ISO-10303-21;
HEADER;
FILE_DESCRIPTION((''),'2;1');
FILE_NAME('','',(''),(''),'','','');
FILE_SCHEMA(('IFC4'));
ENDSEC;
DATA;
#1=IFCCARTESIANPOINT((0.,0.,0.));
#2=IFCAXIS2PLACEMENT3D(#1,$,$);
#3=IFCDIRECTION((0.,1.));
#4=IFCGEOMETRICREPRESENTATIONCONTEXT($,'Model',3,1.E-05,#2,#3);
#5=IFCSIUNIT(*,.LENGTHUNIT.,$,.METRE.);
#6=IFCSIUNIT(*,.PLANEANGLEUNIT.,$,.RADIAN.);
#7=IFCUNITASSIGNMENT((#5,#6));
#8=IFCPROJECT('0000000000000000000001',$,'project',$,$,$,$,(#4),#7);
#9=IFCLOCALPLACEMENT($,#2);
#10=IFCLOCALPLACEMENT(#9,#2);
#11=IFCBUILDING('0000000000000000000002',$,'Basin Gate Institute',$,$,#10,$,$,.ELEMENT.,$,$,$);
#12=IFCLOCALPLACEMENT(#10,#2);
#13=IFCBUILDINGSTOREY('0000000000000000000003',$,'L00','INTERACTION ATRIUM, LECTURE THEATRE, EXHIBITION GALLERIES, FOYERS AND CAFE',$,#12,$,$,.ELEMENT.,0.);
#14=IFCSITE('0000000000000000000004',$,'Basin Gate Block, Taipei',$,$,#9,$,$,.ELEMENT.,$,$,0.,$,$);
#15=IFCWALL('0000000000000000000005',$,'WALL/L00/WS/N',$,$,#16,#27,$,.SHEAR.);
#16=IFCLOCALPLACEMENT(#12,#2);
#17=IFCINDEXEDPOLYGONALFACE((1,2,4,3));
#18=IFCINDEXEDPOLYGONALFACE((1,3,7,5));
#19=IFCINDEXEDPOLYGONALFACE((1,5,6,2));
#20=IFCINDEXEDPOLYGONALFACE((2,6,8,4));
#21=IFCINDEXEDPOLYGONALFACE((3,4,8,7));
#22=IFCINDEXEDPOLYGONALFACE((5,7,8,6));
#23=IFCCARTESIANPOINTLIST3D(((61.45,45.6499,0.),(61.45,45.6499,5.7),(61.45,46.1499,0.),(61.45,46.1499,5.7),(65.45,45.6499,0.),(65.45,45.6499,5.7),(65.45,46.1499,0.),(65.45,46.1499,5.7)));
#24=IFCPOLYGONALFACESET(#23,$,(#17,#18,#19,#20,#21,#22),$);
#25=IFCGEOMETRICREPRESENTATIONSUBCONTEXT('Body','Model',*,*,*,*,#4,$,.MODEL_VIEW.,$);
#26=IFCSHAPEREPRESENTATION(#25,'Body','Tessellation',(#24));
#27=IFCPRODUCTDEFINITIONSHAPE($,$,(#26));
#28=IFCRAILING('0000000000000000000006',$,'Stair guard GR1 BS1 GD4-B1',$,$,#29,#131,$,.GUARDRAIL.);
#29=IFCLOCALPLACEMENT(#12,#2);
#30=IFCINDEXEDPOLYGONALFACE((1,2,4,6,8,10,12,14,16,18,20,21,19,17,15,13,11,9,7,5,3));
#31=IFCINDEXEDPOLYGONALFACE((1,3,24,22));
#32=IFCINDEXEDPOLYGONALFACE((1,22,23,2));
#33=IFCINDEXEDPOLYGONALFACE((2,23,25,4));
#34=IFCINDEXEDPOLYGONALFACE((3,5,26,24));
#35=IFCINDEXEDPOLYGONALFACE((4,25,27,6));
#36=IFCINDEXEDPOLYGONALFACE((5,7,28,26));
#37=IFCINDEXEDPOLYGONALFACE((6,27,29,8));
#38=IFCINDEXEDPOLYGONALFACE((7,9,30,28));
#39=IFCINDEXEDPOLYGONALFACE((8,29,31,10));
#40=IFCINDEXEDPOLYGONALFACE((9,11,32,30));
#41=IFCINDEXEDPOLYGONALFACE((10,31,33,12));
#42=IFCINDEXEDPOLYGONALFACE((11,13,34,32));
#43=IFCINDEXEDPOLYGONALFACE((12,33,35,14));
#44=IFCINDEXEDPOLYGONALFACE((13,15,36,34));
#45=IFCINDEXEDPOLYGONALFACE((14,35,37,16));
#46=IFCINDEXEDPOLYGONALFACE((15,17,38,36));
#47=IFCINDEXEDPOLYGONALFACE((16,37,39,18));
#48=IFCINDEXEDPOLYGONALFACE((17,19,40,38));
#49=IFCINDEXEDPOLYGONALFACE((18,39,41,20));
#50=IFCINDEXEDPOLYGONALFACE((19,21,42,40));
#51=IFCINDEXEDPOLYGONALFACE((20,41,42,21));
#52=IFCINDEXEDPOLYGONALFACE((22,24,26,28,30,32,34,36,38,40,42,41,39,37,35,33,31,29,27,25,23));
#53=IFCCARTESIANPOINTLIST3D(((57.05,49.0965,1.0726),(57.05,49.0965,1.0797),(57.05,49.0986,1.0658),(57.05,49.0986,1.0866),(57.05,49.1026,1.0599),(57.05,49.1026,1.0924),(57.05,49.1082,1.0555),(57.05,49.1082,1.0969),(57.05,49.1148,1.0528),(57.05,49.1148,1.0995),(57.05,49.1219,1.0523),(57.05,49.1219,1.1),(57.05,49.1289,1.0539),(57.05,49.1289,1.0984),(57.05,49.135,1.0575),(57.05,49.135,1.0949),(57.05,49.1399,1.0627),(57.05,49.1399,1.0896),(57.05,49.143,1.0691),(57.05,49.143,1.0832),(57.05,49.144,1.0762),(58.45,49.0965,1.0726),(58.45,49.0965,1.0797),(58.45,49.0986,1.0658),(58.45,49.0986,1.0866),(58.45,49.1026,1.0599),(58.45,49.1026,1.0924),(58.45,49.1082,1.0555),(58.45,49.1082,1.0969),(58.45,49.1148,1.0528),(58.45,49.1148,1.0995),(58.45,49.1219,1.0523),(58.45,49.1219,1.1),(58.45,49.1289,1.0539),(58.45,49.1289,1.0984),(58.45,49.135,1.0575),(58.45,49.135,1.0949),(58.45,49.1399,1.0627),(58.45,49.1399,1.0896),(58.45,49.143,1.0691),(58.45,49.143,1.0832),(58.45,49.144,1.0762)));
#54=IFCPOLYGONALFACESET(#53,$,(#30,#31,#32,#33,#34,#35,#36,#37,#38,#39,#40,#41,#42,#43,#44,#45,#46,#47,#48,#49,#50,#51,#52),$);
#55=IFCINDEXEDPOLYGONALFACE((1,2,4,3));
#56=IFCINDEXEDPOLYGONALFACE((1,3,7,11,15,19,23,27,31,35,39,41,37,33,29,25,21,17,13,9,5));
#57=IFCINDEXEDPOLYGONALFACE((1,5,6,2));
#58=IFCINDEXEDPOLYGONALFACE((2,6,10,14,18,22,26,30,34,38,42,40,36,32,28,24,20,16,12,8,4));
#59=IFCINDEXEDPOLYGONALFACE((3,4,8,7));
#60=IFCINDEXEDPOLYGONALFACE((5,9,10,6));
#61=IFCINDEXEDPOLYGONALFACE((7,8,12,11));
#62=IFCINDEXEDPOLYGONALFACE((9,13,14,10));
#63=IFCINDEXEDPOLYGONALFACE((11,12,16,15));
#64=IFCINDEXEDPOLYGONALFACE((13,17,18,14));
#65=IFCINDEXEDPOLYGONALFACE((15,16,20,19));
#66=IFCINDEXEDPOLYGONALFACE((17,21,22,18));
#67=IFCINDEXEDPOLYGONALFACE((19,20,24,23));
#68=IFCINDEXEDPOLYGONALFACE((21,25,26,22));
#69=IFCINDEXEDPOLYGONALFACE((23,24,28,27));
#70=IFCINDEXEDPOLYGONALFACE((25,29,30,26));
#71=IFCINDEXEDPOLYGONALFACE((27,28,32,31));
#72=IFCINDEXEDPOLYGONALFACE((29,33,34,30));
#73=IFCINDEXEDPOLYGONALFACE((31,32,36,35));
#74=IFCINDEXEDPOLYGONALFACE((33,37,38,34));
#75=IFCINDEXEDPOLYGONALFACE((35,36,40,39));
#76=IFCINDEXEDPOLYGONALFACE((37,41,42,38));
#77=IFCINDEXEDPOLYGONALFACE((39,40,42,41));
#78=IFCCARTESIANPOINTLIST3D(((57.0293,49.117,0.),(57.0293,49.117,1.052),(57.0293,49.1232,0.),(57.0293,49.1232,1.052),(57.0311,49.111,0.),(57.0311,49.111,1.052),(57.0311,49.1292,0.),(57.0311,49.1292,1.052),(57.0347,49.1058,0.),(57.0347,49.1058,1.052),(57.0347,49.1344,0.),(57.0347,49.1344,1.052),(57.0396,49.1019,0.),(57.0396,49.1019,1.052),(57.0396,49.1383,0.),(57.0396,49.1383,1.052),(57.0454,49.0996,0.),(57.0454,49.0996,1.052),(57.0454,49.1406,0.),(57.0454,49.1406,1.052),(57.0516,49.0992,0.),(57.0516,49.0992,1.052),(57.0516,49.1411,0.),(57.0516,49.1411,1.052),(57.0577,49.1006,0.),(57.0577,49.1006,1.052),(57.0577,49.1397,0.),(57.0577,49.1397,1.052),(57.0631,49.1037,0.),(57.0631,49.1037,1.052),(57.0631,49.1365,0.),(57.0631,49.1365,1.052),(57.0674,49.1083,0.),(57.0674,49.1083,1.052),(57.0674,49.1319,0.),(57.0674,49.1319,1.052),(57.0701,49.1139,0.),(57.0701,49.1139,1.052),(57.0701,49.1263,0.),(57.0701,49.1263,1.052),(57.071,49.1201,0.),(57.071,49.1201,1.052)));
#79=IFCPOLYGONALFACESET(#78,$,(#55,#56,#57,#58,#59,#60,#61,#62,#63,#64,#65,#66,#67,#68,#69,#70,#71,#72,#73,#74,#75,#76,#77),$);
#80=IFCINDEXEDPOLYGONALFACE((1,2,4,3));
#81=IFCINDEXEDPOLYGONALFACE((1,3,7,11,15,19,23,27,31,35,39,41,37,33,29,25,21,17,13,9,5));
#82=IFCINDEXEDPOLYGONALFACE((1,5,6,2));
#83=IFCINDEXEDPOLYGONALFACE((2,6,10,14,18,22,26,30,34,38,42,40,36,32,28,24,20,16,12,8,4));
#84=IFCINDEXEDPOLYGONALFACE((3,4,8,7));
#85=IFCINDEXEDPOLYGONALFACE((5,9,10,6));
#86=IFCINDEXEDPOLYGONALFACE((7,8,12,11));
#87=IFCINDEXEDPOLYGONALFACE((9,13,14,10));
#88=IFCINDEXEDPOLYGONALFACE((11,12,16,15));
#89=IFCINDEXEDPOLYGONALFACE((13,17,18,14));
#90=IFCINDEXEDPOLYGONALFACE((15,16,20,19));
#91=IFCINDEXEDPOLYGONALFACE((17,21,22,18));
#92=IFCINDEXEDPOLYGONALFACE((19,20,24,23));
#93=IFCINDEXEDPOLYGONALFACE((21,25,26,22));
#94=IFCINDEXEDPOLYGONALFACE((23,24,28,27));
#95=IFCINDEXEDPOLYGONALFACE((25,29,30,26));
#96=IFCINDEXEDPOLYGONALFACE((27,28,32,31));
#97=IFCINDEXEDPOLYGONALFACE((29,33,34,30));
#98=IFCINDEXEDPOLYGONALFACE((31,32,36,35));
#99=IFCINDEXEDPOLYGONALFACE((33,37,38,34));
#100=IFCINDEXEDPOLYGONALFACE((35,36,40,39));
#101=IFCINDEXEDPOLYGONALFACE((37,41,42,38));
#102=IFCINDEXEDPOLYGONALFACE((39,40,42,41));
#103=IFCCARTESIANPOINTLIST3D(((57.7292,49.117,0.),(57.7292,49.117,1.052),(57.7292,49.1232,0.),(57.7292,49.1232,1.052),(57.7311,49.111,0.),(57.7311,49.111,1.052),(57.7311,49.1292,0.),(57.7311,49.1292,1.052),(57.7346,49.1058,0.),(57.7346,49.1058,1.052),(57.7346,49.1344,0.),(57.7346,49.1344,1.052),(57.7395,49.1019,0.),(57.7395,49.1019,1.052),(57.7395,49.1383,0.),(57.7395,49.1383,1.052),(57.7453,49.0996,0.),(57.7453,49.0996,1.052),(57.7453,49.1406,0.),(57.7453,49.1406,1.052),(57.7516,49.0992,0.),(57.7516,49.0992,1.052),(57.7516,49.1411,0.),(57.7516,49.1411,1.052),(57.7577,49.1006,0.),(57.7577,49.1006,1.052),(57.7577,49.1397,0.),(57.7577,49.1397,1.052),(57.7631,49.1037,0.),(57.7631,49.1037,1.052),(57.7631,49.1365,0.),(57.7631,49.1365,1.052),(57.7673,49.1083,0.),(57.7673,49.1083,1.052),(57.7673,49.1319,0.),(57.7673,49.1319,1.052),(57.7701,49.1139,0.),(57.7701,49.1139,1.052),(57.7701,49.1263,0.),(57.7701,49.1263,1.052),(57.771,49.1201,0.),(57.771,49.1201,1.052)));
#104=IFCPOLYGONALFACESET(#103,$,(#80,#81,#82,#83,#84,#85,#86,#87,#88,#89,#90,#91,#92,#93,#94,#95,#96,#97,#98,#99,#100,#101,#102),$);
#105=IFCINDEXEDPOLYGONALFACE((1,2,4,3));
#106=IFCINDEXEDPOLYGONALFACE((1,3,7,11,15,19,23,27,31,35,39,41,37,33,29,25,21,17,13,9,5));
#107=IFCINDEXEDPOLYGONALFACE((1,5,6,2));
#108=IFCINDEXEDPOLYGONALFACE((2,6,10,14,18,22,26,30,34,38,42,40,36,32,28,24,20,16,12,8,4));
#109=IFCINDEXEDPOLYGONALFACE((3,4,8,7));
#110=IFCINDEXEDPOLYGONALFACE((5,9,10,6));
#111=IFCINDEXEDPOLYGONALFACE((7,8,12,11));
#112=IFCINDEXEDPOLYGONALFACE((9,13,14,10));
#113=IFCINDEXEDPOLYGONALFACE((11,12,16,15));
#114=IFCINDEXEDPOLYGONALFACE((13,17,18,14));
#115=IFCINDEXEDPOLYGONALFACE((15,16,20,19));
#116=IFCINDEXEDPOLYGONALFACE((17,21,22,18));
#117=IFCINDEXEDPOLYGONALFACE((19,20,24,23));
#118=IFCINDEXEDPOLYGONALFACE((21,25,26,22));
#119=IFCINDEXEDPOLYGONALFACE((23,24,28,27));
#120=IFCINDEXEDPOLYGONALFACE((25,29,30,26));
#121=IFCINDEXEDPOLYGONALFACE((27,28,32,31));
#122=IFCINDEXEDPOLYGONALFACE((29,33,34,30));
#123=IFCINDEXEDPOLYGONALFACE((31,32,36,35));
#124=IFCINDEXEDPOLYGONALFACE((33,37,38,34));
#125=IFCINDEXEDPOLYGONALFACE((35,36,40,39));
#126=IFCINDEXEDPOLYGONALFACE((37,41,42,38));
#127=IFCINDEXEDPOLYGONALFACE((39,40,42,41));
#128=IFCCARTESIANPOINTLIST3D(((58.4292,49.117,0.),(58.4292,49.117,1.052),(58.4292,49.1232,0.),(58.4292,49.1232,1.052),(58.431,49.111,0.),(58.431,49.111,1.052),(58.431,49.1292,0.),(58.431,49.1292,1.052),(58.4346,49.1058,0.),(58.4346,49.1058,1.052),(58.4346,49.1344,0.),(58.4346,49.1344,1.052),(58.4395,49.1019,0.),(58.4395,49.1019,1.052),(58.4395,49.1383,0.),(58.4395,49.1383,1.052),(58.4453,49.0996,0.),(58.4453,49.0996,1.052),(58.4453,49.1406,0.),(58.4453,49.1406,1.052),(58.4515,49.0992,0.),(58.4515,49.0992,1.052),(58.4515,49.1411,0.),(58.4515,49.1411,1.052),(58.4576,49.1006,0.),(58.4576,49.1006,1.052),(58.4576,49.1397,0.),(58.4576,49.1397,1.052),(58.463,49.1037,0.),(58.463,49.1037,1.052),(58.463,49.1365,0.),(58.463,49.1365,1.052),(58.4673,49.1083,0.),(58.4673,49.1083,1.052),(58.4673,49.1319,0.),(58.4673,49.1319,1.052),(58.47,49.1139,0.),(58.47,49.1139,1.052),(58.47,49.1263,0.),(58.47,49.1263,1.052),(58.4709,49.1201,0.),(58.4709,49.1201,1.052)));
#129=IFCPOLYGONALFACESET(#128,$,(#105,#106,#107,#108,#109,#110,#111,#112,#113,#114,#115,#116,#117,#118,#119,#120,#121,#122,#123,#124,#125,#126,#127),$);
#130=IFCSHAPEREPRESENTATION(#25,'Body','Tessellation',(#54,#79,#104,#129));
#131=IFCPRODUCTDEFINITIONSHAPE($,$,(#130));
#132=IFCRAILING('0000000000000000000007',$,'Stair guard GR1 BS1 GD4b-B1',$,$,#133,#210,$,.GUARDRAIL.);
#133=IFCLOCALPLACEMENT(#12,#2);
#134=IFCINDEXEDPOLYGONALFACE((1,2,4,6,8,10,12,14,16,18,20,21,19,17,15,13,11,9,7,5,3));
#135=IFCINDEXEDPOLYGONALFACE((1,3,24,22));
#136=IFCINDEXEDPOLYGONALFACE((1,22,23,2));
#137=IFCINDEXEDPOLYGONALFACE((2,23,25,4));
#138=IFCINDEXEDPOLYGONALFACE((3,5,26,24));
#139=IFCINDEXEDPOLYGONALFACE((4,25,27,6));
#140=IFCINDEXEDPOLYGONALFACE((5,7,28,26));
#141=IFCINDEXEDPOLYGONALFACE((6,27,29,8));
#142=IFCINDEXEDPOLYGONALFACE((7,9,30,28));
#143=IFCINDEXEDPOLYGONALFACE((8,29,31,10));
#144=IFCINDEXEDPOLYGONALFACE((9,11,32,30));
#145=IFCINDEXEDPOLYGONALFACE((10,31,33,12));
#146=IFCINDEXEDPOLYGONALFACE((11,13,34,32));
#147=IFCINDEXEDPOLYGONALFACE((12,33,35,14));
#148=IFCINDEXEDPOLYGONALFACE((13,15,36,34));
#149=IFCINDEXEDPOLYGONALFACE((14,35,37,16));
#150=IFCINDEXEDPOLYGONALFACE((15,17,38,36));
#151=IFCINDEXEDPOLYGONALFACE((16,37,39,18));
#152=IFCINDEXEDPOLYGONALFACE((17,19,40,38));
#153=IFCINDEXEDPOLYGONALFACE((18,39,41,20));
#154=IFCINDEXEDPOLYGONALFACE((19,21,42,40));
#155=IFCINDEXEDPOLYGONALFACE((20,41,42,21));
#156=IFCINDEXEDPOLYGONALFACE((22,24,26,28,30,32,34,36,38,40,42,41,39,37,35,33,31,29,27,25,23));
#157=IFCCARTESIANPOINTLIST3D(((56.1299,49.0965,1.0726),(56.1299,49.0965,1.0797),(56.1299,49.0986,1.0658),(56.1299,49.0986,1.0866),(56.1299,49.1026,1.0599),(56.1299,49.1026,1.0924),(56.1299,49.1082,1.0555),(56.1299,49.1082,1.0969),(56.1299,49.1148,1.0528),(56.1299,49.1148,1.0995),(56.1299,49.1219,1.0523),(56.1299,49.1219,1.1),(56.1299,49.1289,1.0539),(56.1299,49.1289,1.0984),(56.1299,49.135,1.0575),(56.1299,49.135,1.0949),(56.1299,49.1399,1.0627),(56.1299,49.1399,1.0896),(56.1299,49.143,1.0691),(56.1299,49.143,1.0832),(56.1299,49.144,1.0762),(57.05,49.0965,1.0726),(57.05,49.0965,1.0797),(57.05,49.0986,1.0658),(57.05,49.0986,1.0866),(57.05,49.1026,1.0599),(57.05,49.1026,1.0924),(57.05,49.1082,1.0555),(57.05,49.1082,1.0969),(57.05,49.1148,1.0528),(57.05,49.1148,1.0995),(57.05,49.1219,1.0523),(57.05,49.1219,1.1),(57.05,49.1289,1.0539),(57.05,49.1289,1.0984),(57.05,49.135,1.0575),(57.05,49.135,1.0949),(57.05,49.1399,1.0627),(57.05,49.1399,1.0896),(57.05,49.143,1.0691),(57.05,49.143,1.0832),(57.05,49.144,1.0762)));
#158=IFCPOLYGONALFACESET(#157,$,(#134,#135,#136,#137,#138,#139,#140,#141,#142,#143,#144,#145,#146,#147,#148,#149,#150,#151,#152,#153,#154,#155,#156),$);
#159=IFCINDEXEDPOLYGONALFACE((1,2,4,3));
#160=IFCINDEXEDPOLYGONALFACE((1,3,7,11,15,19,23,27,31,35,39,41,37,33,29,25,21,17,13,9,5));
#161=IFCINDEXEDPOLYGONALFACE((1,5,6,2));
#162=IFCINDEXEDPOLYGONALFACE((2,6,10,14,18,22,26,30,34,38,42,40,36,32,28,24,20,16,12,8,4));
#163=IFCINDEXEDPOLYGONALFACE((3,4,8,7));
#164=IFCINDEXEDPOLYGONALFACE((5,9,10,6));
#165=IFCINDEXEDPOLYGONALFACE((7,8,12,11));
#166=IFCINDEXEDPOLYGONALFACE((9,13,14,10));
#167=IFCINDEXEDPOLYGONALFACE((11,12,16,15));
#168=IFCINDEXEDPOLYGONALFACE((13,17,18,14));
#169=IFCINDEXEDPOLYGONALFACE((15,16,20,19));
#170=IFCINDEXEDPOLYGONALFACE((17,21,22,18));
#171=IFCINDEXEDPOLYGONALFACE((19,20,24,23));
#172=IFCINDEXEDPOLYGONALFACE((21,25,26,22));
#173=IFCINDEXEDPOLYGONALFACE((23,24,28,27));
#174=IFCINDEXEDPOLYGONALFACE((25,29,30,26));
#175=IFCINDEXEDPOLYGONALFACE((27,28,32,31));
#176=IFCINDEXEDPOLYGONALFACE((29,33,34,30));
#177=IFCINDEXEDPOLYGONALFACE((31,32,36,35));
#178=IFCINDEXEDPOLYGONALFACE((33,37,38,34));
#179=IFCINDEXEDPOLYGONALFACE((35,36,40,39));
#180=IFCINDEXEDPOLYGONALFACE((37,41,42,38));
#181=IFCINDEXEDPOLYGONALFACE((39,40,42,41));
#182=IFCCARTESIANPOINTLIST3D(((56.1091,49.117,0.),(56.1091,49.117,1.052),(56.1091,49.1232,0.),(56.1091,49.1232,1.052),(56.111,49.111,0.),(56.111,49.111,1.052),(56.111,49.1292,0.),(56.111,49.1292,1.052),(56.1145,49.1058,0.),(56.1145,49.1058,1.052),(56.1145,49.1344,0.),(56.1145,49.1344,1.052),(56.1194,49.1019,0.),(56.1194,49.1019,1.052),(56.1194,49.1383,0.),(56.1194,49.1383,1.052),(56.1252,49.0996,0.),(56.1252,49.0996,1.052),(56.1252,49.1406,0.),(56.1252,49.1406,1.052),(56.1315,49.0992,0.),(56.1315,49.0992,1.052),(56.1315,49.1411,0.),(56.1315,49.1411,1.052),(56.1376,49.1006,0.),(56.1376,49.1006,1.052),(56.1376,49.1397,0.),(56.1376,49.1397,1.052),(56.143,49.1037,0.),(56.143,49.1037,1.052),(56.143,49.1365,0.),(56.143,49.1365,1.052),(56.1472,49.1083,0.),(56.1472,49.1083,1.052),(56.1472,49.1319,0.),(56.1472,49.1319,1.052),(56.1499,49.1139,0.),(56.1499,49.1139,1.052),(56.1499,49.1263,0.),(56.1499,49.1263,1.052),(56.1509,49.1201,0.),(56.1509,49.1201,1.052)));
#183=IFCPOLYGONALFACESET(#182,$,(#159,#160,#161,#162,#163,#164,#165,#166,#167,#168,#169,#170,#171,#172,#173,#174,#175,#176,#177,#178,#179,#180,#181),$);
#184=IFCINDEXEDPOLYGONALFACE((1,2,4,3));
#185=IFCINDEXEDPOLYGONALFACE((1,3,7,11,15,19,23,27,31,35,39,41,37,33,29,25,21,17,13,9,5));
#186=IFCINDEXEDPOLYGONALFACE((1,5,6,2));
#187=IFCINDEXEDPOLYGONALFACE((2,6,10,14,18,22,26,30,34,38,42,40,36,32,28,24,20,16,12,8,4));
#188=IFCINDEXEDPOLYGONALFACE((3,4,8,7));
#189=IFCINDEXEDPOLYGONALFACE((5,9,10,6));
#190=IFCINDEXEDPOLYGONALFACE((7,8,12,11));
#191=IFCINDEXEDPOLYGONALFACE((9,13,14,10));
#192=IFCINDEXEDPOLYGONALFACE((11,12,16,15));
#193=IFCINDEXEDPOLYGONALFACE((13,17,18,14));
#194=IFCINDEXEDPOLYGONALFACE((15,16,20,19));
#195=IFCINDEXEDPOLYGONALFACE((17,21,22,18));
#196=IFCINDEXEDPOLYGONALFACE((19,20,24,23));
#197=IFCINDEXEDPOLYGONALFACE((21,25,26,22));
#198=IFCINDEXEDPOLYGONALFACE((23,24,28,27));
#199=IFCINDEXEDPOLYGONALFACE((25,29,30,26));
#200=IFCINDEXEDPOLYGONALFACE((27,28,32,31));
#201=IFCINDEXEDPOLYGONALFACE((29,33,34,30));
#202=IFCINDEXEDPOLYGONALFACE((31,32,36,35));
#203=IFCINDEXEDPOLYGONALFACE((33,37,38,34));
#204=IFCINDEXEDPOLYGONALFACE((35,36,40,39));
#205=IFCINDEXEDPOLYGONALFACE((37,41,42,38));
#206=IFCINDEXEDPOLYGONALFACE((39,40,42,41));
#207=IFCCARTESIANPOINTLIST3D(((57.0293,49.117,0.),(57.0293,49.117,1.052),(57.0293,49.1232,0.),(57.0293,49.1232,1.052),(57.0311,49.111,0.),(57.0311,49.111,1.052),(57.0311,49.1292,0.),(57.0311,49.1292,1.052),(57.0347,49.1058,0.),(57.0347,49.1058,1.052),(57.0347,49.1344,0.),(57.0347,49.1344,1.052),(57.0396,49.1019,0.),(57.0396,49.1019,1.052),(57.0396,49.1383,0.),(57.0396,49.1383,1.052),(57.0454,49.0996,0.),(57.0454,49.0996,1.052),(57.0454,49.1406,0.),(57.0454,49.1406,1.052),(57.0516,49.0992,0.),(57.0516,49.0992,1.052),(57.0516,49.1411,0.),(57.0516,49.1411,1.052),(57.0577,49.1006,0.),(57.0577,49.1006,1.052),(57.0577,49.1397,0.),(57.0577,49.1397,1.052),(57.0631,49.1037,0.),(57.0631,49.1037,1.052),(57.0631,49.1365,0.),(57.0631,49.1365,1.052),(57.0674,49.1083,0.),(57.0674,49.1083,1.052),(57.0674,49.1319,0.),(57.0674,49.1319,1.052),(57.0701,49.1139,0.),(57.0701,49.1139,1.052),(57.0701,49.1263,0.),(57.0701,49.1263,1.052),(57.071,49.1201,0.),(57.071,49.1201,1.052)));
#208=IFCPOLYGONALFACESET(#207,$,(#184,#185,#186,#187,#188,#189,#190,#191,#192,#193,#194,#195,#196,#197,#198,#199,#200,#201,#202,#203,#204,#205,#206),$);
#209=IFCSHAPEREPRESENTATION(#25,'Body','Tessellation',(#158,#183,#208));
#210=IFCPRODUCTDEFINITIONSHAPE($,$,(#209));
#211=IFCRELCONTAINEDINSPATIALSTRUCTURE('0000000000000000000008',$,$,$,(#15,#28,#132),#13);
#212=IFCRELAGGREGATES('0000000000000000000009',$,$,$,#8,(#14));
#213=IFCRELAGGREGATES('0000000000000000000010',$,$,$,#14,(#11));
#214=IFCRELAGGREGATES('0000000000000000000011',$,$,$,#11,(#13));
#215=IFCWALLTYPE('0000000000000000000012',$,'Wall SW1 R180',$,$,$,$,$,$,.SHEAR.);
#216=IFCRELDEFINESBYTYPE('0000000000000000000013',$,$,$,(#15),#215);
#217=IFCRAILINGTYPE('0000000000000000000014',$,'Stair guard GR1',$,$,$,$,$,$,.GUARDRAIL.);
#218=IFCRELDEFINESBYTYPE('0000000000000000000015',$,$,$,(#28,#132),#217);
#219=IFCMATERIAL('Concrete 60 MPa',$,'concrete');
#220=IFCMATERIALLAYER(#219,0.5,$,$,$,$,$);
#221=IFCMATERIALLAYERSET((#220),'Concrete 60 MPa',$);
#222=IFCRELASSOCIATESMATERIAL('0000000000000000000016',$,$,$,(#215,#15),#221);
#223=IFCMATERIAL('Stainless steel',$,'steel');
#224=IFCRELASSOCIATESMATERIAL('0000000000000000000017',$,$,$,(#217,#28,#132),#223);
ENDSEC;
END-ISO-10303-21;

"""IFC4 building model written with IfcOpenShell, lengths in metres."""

from ifc_helpers import new_model, si_unit, direction, frame, frame_2d, origin, origin_2d, place, context, subcontext, project, spatial, rectangle, circle, extrude, material, layer, layer_set, type_object, element, save


model = new_model("IFC4")

# Units and contexts
model_context = context("Model", 3, precision=1e-05, world=origin(), true_north=direction((0.0, 1.0)))
body_context = subcontext(model_context, "Body", "Model", "MODEL_VIEW")
ifc_project = project(units=[si_unit("LENGTHUNIT", "METRE"), si_unit("PLANEANGLEUNIT", "RADIAN")], contexts=[model_context])

# Site, building, storey
site_placement = place(None, origin())
site = spatial("IfcSite", under=ifc_project, at=site_placement, Name="Basin Gate Block, Taipei", CompositionType="ELEMENT", RefElevation=0.0)
building_placement = place(site_placement, origin())
building = spatial("IfcBuilding", under=site, at=building_placement, Name="Basin Gate Institute", CompositionType="ELEMENT")
storey_placement = place(building_placement, origin())
storey = spatial("IfcBuildingStorey", under=building, at=storey_placement, Name="L00", Description="INTERACTION ATRIUM, LECTURE THEATRE, EXHIBITION GALLERIES, FOYERS AND CAFE", CompositionType="ELEMENT", Elevation=0.0)

# Wall
ifc_material_1 = material(Name="Concrete 60 MPa", Category="concrete")
ifc_layer_1 = layer(ifc_material_1, 0.5)
ifc_layer_set_1 = layer_set([ifc_layer_1], Name="Concrete 60 MPa")
wall_type_1 = type_object("IfcWallType", Name="Wall SW1 R180", PredefinedType="SHEAR", material=ifc_layer_set_1)
wall_1_placement = place(storey_placement, frame((61.45, 45.8999, 0.0), z_axis=(0.0, 0.0, 1.0), x_axis=(1.0, 0.0, 0.0)))
element("IfcWall", 1, at=wall_1_placement, inside=storey, type_object=wall_type_1, material=ifc_layer_set_1, Name="WALL/L00/WS/N", PredefinedType="SHEAR", context=body_context, shape_type="SweptSolid", body=[
    extrude(rectangle(XDim=4.0, YDim=0.5, at=frame_2d((2.0, 0.0))), origin(), (0.0, 0.0, 1.0), 5.7),
])

# Railings
ifc_material_2 = material(Name="Stainless steel", Category="steel")
railing_type = type_object("IfcRailingType", Name="Stair guard GR1", PredefinedType="GUARDRAIL", material=ifc_material_2)
railing_1_placement = place(storey_placement, frame((57.05, 49.1201, 0.0)))
element("IfcRailing", 2, at=railing_1_placement, inside=storey, type_object=railing_type, material=ifc_material_2, Name="Stair guard GR1 BS1 GD4-B1", PredefinedType="GUARDRAIL", context=body_context, shape_type="SweptSolid", body=[
    extrude(circle(Radius=0.0239, at=origin_2d()), frame((0.0, 0.0, 1.0762), z_axis=(1.0, 0.0, 0.0), x_axis=(0.0, 1.0, 0.0)), (0.0, 0.0, 1.0), 1.3999),
    extrude(circle(Radius=0.021, at=origin_2d()), origin(), (0.0, 0.0, 1.0), 1.052),
    extrude(circle(Radius=0.021, at=origin_2d()), frame((0.7, 0.0, 0.0)), (0.0, 0.0, 1.0), 1.052),
    extrude(circle(Radius=0.021, at=origin_2d()), frame((1.3999, 0.0, 0.0)), (0.0, 0.0, 1.0), 1.052),
])
railing_2_placement = place(storey_placement, frame((56.1299, 49.1201, 0.0)))
element("IfcRailing", 3, at=railing_2_placement, inside=storey, type_object=railing_type, material=ifc_material_2, Name="Stair guard GR1 BS1 GD4b-B1", PredefinedType="GUARDRAIL", context=body_context, shape_type="SweptSolid", body=[
    extrude(circle(Radius=0.0239, at=origin_2d()), frame((0.0, 0.0, 1.0762), z_axis=(1.0, 0.0, 0.0), x_axis=(0.0, 1.0, 0.0)), (0.0, 0.0, 1.0), 0.9202),
    extrude(circle(Radius=0.021, at=origin_2d()), origin(), (0.0, 0.0, 1.0), 1.052),
    extrude(circle(Radius=0.021, at=origin_2d()), frame((0.9202, 0.0, 0.0)), (0.0, 0.0, 1.0), 1.052),
])

save(model, "model.ifc")
